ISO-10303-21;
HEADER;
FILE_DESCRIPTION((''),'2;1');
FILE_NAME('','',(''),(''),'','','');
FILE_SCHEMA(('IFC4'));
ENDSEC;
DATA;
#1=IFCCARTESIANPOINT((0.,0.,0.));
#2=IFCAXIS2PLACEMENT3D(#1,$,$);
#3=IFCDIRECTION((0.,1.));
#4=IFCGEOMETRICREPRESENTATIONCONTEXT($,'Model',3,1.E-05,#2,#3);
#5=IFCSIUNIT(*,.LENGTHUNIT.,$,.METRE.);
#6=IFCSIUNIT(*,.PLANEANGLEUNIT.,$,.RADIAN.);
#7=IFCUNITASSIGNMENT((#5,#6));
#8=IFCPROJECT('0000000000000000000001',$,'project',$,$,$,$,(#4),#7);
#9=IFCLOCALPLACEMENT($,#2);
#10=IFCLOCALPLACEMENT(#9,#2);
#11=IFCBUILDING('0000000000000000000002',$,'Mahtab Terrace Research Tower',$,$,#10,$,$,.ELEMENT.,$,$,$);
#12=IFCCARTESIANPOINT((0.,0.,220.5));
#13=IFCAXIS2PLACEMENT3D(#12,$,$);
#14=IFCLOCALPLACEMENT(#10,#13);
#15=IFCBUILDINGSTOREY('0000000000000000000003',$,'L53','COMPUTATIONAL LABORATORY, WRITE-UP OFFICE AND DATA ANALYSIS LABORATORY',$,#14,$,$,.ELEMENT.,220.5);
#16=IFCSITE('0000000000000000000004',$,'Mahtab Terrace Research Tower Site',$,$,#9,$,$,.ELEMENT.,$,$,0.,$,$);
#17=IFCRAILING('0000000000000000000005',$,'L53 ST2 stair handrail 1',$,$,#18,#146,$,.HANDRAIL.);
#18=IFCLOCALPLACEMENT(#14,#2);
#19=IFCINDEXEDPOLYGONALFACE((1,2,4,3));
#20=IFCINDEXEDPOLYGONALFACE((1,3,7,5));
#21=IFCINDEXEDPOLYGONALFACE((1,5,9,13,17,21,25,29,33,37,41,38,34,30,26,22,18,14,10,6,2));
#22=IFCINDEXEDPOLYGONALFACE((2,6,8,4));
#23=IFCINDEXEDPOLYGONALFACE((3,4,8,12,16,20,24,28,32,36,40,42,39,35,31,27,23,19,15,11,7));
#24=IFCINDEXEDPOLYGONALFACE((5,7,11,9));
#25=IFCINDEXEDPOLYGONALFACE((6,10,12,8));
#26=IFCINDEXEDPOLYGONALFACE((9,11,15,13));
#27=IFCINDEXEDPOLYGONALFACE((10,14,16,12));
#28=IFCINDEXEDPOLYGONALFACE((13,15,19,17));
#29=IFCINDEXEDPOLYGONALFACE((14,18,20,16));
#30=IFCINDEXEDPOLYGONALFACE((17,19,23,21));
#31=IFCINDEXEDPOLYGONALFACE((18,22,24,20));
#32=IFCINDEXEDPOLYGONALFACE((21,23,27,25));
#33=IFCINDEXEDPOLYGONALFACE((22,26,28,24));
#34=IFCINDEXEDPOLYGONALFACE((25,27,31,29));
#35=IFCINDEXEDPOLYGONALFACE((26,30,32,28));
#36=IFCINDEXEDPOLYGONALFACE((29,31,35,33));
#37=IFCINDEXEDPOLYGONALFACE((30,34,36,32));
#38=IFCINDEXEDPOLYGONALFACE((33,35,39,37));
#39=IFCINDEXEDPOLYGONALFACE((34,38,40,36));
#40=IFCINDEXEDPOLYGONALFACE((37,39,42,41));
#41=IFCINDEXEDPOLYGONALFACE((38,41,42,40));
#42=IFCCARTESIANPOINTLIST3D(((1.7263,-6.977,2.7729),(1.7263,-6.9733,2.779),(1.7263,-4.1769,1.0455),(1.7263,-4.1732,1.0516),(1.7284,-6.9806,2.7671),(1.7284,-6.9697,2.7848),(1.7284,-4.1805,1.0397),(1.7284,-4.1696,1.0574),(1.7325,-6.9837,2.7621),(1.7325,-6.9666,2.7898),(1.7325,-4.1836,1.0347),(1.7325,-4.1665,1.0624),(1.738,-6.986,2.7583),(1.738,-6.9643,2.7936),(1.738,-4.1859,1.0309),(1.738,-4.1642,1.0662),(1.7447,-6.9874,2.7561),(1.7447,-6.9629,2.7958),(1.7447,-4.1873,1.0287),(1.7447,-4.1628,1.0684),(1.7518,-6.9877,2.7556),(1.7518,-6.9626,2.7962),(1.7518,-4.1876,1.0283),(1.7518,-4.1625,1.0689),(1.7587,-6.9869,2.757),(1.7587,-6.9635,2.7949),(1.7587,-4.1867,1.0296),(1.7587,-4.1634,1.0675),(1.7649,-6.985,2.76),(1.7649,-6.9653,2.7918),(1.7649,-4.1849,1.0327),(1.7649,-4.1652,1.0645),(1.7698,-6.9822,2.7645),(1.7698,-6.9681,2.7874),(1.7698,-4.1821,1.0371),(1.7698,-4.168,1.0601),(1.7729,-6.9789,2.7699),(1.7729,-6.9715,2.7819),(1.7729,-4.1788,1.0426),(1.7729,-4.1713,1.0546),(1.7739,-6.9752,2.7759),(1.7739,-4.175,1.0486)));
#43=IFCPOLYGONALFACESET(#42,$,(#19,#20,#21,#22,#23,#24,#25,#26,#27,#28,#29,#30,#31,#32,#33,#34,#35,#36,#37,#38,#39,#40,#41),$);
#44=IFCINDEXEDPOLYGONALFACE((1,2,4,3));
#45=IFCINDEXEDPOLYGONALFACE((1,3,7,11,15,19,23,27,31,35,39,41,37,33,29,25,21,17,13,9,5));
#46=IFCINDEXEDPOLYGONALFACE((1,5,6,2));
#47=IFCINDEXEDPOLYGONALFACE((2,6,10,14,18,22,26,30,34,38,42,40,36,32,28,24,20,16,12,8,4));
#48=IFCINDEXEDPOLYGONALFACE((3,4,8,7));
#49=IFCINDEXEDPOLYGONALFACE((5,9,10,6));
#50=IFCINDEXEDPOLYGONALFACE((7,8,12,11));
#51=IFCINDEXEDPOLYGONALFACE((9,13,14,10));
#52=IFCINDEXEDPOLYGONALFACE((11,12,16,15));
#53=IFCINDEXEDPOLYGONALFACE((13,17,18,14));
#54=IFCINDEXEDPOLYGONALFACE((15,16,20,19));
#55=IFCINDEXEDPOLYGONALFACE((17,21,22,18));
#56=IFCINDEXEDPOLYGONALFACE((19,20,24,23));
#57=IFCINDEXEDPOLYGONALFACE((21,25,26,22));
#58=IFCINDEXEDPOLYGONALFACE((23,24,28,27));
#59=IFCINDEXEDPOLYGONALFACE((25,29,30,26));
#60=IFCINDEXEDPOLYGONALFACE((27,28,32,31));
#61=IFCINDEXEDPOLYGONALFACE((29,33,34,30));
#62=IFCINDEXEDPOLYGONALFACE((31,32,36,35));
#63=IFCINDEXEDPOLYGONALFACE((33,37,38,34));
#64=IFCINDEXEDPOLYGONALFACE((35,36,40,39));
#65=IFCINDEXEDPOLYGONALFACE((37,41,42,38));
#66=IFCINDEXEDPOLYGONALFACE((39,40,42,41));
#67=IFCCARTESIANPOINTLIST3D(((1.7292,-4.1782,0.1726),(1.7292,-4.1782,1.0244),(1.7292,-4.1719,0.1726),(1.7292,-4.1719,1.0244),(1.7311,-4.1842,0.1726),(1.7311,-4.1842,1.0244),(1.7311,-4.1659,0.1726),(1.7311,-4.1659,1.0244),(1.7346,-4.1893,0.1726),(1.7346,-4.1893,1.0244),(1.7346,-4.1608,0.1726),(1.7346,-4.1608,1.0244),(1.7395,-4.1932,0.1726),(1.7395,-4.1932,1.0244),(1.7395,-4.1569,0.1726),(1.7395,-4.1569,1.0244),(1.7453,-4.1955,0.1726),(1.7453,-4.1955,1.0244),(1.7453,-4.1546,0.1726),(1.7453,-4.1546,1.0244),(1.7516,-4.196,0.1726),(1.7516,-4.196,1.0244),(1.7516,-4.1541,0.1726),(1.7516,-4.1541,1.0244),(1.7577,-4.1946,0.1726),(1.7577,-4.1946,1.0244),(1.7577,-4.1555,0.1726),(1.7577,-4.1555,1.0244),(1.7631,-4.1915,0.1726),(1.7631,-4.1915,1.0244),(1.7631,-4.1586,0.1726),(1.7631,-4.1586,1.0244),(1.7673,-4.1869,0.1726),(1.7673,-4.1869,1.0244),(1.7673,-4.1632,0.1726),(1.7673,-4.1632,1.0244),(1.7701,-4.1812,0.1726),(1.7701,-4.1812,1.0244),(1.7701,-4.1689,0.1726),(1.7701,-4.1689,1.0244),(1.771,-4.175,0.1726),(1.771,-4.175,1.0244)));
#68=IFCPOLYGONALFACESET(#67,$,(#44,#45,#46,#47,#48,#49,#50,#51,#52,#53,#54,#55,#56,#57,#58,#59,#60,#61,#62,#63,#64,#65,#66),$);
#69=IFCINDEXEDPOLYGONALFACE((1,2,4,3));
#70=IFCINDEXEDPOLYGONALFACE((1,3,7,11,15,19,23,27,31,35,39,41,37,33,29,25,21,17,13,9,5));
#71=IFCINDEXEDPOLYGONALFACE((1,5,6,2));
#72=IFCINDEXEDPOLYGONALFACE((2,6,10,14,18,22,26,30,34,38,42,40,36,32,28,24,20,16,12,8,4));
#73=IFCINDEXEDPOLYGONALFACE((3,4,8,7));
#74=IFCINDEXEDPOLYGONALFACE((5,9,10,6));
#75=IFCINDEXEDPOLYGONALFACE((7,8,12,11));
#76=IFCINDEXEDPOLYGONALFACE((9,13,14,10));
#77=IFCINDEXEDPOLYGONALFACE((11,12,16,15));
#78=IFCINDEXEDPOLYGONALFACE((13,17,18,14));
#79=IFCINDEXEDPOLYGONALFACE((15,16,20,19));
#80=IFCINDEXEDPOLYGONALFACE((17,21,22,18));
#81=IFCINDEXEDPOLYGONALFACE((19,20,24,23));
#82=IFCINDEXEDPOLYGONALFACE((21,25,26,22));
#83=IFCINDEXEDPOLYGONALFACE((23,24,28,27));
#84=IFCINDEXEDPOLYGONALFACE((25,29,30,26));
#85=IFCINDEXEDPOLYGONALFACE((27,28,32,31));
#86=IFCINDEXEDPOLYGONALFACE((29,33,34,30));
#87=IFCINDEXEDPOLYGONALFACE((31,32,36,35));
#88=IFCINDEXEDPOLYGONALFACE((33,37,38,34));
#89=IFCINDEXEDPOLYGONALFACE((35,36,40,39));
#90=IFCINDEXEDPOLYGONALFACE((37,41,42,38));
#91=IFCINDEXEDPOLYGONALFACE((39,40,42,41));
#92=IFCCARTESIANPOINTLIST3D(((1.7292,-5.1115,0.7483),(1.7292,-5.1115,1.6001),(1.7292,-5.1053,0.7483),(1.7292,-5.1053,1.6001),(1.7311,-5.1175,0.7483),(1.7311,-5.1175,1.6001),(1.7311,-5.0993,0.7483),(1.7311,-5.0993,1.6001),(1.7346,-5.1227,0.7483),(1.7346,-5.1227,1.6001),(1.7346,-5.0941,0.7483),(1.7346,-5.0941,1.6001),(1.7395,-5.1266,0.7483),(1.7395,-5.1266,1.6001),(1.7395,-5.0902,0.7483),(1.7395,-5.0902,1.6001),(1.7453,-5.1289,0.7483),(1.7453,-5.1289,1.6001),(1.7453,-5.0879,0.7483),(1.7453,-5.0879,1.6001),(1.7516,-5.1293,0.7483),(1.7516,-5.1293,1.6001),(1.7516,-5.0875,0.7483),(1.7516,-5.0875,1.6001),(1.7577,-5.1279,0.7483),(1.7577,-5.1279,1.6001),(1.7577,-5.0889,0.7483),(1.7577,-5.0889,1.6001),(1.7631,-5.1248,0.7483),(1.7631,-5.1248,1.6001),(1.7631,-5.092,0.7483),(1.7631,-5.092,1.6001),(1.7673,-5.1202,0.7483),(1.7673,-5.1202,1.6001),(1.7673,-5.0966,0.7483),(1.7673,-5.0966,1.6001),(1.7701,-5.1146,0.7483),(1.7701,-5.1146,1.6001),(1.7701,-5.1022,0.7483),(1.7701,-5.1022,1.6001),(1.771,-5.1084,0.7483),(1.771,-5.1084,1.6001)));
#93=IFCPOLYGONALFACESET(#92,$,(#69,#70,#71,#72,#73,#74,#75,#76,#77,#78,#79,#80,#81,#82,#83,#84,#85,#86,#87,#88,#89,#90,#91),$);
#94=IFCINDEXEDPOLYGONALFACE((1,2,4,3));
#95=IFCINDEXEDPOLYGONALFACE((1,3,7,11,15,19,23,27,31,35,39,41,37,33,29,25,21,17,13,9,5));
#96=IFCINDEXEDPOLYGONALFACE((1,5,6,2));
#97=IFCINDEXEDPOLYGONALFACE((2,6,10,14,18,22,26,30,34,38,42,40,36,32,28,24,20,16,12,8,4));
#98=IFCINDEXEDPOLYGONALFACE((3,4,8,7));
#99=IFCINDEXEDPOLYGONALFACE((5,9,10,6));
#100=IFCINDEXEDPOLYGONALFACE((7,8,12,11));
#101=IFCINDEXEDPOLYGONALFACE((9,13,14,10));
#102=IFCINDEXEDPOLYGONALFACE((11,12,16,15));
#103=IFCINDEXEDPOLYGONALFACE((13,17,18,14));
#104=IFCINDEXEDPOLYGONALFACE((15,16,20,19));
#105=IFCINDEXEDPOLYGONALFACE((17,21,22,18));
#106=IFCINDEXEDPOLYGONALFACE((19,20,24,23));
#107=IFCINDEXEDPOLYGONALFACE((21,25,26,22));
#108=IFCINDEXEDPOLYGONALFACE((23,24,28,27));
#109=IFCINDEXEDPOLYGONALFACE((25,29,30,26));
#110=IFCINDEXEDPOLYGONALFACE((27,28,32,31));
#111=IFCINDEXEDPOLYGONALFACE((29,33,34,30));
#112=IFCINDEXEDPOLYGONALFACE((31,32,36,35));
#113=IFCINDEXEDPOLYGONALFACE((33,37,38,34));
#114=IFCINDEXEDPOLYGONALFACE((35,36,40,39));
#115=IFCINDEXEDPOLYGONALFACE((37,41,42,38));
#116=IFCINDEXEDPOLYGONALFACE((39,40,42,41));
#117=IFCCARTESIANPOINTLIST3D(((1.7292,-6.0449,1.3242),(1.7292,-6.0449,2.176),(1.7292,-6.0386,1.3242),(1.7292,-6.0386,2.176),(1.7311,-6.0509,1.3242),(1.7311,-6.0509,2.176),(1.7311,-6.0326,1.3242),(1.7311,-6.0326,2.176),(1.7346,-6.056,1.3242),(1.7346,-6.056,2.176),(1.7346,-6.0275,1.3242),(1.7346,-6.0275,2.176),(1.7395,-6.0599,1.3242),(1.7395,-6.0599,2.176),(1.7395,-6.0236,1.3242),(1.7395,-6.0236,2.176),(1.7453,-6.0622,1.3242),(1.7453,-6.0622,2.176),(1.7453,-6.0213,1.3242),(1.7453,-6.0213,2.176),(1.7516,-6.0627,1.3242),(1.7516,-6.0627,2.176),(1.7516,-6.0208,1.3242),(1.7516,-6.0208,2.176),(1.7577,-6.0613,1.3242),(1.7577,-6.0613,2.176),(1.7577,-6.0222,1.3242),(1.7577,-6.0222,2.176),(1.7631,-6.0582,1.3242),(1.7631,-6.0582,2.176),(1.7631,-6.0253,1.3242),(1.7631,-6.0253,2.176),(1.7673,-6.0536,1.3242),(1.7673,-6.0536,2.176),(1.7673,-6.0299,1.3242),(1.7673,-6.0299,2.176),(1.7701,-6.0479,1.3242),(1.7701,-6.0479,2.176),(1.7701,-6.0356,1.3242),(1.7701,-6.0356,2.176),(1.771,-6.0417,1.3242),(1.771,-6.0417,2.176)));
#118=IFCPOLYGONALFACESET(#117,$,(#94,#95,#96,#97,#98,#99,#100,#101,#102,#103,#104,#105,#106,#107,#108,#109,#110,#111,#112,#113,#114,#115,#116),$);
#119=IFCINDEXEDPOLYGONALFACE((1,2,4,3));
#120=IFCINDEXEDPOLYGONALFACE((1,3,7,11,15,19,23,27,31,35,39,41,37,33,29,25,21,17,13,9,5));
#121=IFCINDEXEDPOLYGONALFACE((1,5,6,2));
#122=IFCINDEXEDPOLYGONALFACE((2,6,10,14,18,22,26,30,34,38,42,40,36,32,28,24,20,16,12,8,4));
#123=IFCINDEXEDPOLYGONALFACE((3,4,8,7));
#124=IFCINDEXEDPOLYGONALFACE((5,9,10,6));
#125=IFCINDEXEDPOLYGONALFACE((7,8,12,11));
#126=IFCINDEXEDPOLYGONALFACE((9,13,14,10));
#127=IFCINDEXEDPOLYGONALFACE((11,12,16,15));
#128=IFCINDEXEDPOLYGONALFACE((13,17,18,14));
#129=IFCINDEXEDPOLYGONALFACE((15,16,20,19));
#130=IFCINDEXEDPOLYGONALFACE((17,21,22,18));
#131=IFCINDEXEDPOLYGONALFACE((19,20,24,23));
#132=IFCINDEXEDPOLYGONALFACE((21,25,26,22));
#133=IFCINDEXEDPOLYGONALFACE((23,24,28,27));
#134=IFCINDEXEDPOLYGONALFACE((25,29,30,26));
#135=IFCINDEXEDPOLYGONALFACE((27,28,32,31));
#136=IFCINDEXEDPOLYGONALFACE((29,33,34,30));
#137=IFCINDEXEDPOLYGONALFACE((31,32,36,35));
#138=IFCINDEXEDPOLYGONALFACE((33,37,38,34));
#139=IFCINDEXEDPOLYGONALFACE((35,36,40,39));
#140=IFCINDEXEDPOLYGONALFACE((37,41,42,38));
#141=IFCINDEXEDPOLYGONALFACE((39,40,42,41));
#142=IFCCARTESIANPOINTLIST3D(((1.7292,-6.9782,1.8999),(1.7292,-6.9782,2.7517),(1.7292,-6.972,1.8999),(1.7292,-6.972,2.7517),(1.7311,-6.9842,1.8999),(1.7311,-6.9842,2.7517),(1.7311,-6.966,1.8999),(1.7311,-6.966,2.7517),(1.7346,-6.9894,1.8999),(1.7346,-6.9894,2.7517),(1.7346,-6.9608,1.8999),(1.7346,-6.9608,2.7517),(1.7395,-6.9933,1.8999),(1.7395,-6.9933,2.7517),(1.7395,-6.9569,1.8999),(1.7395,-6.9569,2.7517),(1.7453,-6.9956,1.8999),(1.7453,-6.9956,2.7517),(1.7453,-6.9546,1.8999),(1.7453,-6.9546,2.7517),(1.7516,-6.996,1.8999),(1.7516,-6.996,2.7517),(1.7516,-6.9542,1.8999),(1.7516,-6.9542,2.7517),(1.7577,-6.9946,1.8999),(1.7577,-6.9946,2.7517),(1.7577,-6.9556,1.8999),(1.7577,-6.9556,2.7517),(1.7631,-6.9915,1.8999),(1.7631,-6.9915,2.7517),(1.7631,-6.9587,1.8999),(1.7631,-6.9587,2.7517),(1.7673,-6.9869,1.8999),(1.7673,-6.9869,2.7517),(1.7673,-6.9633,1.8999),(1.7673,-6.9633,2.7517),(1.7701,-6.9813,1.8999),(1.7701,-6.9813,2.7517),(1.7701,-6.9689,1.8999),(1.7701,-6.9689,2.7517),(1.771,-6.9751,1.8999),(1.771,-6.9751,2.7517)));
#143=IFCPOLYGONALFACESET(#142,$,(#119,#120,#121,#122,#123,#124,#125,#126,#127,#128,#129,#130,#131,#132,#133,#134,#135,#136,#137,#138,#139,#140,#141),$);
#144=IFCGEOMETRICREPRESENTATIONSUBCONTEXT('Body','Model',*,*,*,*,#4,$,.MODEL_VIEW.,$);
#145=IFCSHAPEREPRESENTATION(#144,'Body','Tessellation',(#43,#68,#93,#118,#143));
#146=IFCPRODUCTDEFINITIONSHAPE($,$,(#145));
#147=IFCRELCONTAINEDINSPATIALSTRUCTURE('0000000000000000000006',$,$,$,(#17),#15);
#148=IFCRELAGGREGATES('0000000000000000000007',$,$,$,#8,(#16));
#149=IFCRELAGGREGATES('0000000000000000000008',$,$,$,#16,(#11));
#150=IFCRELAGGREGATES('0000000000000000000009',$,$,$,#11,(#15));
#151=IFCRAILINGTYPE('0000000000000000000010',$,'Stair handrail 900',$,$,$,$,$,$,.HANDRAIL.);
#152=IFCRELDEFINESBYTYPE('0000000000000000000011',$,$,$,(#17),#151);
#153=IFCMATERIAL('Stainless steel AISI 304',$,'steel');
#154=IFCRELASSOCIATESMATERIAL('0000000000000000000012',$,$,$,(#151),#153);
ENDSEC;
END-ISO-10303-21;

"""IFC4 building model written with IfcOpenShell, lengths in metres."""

from ifc_helpers import new_model, si_unit, direction, frame, origin, origin_2d, place, context, subcontext, project, spatial, circle, extrude, material, type_object, element, save


model = new_model("IFC4")

# Units and contexts
model_context = context("Model", 3, precision=1e-05, world=origin(), true_north=direction((0.0, 1.0)))
body_context = subcontext(model_context, "Body", "Model", "MODEL_VIEW")
ifc_project = project(units=[si_unit("LENGTHUNIT", "METRE"), si_unit("PLANEANGLEUNIT", "RADIAN")], contexts=[model_context])

# Site, building, storey
site_placement = place(None, origin())
site = spatial("IfcSite", under=ifc_project, at=site_placement, Name="Mahtab Terrace Research Tower Site", CompositionType="ELEMENT", RefElevation=0.0)
building_placement = place(site_placement, origin())
building = spatial("IfcBuilding", under=site, at=building_placement, Name="Mahtab Terrace Research Tower", CompositionType="ELEMENT")
storey_placement = place(building_placement, frame((0.0, 0.0, 220.5)))
storey = spatial("IfcBuildingStorey", under=building, at=storey_placement, Name="L53", Description="COMPUTATIONAL LABORATORY, WRITE-UP OFFICE AND DATA ANALYSIS LABORATORY", CompositionType="ELEMENT", Elevation=220.5)

# Railing
ifc_material_1 = material(Name="Stainless steel AISI 304", Category="steel")
railing_type_1 = type_object("IfcRailingType", Name="Stair handrail 900", PredefinedType="HANDRAIL", material=ifc_material_1)
railing_1_placement = place(storey_placement, frame((1.75, -4.175, 0.1726)))
element("IfcRailing", 1, at=railing_1_placement, inside=storey, type_object=railing_type_1, Name="L53 ST2 stair handrail 1", PredefinedType="HANDRAIL", context=body_context, shape_type="SweptSolid", body=[
    extrude(circle(Radius=0.0239, at=origin_2d()), frame((0.0, 0.0, 0.876), z_axis=(0.0, -0.85109, 0.52502), x_axis=(1.0, 0.0, 0.0)), (0.0, 0.0, 1.0), 3.29),
    extrude(circle(Radius=0.021, at=origin_2d()), origin(), (0.0, 0.0, 1.0), 0.8518),
    extrude(circle(Radius=0.021, at=origin_2d()), frame((0.0, -0.9333, 0.5757)), (0.0, 0.0, 1.0), 0.8518),
    extrude(circle(Radius=0.021, at=origin_2d()), frame((0.0, -1.8667, 1.1516)), (0.0, 0.0, 1.0), 0.8518),
    extrude(circle(Radius=0.021, at=origin_2d()), frame((0.0, -2.8, 1.7273)), (0.0, 0.0, 1.0), 0.8518),
])

save(model, "model.ifc")
